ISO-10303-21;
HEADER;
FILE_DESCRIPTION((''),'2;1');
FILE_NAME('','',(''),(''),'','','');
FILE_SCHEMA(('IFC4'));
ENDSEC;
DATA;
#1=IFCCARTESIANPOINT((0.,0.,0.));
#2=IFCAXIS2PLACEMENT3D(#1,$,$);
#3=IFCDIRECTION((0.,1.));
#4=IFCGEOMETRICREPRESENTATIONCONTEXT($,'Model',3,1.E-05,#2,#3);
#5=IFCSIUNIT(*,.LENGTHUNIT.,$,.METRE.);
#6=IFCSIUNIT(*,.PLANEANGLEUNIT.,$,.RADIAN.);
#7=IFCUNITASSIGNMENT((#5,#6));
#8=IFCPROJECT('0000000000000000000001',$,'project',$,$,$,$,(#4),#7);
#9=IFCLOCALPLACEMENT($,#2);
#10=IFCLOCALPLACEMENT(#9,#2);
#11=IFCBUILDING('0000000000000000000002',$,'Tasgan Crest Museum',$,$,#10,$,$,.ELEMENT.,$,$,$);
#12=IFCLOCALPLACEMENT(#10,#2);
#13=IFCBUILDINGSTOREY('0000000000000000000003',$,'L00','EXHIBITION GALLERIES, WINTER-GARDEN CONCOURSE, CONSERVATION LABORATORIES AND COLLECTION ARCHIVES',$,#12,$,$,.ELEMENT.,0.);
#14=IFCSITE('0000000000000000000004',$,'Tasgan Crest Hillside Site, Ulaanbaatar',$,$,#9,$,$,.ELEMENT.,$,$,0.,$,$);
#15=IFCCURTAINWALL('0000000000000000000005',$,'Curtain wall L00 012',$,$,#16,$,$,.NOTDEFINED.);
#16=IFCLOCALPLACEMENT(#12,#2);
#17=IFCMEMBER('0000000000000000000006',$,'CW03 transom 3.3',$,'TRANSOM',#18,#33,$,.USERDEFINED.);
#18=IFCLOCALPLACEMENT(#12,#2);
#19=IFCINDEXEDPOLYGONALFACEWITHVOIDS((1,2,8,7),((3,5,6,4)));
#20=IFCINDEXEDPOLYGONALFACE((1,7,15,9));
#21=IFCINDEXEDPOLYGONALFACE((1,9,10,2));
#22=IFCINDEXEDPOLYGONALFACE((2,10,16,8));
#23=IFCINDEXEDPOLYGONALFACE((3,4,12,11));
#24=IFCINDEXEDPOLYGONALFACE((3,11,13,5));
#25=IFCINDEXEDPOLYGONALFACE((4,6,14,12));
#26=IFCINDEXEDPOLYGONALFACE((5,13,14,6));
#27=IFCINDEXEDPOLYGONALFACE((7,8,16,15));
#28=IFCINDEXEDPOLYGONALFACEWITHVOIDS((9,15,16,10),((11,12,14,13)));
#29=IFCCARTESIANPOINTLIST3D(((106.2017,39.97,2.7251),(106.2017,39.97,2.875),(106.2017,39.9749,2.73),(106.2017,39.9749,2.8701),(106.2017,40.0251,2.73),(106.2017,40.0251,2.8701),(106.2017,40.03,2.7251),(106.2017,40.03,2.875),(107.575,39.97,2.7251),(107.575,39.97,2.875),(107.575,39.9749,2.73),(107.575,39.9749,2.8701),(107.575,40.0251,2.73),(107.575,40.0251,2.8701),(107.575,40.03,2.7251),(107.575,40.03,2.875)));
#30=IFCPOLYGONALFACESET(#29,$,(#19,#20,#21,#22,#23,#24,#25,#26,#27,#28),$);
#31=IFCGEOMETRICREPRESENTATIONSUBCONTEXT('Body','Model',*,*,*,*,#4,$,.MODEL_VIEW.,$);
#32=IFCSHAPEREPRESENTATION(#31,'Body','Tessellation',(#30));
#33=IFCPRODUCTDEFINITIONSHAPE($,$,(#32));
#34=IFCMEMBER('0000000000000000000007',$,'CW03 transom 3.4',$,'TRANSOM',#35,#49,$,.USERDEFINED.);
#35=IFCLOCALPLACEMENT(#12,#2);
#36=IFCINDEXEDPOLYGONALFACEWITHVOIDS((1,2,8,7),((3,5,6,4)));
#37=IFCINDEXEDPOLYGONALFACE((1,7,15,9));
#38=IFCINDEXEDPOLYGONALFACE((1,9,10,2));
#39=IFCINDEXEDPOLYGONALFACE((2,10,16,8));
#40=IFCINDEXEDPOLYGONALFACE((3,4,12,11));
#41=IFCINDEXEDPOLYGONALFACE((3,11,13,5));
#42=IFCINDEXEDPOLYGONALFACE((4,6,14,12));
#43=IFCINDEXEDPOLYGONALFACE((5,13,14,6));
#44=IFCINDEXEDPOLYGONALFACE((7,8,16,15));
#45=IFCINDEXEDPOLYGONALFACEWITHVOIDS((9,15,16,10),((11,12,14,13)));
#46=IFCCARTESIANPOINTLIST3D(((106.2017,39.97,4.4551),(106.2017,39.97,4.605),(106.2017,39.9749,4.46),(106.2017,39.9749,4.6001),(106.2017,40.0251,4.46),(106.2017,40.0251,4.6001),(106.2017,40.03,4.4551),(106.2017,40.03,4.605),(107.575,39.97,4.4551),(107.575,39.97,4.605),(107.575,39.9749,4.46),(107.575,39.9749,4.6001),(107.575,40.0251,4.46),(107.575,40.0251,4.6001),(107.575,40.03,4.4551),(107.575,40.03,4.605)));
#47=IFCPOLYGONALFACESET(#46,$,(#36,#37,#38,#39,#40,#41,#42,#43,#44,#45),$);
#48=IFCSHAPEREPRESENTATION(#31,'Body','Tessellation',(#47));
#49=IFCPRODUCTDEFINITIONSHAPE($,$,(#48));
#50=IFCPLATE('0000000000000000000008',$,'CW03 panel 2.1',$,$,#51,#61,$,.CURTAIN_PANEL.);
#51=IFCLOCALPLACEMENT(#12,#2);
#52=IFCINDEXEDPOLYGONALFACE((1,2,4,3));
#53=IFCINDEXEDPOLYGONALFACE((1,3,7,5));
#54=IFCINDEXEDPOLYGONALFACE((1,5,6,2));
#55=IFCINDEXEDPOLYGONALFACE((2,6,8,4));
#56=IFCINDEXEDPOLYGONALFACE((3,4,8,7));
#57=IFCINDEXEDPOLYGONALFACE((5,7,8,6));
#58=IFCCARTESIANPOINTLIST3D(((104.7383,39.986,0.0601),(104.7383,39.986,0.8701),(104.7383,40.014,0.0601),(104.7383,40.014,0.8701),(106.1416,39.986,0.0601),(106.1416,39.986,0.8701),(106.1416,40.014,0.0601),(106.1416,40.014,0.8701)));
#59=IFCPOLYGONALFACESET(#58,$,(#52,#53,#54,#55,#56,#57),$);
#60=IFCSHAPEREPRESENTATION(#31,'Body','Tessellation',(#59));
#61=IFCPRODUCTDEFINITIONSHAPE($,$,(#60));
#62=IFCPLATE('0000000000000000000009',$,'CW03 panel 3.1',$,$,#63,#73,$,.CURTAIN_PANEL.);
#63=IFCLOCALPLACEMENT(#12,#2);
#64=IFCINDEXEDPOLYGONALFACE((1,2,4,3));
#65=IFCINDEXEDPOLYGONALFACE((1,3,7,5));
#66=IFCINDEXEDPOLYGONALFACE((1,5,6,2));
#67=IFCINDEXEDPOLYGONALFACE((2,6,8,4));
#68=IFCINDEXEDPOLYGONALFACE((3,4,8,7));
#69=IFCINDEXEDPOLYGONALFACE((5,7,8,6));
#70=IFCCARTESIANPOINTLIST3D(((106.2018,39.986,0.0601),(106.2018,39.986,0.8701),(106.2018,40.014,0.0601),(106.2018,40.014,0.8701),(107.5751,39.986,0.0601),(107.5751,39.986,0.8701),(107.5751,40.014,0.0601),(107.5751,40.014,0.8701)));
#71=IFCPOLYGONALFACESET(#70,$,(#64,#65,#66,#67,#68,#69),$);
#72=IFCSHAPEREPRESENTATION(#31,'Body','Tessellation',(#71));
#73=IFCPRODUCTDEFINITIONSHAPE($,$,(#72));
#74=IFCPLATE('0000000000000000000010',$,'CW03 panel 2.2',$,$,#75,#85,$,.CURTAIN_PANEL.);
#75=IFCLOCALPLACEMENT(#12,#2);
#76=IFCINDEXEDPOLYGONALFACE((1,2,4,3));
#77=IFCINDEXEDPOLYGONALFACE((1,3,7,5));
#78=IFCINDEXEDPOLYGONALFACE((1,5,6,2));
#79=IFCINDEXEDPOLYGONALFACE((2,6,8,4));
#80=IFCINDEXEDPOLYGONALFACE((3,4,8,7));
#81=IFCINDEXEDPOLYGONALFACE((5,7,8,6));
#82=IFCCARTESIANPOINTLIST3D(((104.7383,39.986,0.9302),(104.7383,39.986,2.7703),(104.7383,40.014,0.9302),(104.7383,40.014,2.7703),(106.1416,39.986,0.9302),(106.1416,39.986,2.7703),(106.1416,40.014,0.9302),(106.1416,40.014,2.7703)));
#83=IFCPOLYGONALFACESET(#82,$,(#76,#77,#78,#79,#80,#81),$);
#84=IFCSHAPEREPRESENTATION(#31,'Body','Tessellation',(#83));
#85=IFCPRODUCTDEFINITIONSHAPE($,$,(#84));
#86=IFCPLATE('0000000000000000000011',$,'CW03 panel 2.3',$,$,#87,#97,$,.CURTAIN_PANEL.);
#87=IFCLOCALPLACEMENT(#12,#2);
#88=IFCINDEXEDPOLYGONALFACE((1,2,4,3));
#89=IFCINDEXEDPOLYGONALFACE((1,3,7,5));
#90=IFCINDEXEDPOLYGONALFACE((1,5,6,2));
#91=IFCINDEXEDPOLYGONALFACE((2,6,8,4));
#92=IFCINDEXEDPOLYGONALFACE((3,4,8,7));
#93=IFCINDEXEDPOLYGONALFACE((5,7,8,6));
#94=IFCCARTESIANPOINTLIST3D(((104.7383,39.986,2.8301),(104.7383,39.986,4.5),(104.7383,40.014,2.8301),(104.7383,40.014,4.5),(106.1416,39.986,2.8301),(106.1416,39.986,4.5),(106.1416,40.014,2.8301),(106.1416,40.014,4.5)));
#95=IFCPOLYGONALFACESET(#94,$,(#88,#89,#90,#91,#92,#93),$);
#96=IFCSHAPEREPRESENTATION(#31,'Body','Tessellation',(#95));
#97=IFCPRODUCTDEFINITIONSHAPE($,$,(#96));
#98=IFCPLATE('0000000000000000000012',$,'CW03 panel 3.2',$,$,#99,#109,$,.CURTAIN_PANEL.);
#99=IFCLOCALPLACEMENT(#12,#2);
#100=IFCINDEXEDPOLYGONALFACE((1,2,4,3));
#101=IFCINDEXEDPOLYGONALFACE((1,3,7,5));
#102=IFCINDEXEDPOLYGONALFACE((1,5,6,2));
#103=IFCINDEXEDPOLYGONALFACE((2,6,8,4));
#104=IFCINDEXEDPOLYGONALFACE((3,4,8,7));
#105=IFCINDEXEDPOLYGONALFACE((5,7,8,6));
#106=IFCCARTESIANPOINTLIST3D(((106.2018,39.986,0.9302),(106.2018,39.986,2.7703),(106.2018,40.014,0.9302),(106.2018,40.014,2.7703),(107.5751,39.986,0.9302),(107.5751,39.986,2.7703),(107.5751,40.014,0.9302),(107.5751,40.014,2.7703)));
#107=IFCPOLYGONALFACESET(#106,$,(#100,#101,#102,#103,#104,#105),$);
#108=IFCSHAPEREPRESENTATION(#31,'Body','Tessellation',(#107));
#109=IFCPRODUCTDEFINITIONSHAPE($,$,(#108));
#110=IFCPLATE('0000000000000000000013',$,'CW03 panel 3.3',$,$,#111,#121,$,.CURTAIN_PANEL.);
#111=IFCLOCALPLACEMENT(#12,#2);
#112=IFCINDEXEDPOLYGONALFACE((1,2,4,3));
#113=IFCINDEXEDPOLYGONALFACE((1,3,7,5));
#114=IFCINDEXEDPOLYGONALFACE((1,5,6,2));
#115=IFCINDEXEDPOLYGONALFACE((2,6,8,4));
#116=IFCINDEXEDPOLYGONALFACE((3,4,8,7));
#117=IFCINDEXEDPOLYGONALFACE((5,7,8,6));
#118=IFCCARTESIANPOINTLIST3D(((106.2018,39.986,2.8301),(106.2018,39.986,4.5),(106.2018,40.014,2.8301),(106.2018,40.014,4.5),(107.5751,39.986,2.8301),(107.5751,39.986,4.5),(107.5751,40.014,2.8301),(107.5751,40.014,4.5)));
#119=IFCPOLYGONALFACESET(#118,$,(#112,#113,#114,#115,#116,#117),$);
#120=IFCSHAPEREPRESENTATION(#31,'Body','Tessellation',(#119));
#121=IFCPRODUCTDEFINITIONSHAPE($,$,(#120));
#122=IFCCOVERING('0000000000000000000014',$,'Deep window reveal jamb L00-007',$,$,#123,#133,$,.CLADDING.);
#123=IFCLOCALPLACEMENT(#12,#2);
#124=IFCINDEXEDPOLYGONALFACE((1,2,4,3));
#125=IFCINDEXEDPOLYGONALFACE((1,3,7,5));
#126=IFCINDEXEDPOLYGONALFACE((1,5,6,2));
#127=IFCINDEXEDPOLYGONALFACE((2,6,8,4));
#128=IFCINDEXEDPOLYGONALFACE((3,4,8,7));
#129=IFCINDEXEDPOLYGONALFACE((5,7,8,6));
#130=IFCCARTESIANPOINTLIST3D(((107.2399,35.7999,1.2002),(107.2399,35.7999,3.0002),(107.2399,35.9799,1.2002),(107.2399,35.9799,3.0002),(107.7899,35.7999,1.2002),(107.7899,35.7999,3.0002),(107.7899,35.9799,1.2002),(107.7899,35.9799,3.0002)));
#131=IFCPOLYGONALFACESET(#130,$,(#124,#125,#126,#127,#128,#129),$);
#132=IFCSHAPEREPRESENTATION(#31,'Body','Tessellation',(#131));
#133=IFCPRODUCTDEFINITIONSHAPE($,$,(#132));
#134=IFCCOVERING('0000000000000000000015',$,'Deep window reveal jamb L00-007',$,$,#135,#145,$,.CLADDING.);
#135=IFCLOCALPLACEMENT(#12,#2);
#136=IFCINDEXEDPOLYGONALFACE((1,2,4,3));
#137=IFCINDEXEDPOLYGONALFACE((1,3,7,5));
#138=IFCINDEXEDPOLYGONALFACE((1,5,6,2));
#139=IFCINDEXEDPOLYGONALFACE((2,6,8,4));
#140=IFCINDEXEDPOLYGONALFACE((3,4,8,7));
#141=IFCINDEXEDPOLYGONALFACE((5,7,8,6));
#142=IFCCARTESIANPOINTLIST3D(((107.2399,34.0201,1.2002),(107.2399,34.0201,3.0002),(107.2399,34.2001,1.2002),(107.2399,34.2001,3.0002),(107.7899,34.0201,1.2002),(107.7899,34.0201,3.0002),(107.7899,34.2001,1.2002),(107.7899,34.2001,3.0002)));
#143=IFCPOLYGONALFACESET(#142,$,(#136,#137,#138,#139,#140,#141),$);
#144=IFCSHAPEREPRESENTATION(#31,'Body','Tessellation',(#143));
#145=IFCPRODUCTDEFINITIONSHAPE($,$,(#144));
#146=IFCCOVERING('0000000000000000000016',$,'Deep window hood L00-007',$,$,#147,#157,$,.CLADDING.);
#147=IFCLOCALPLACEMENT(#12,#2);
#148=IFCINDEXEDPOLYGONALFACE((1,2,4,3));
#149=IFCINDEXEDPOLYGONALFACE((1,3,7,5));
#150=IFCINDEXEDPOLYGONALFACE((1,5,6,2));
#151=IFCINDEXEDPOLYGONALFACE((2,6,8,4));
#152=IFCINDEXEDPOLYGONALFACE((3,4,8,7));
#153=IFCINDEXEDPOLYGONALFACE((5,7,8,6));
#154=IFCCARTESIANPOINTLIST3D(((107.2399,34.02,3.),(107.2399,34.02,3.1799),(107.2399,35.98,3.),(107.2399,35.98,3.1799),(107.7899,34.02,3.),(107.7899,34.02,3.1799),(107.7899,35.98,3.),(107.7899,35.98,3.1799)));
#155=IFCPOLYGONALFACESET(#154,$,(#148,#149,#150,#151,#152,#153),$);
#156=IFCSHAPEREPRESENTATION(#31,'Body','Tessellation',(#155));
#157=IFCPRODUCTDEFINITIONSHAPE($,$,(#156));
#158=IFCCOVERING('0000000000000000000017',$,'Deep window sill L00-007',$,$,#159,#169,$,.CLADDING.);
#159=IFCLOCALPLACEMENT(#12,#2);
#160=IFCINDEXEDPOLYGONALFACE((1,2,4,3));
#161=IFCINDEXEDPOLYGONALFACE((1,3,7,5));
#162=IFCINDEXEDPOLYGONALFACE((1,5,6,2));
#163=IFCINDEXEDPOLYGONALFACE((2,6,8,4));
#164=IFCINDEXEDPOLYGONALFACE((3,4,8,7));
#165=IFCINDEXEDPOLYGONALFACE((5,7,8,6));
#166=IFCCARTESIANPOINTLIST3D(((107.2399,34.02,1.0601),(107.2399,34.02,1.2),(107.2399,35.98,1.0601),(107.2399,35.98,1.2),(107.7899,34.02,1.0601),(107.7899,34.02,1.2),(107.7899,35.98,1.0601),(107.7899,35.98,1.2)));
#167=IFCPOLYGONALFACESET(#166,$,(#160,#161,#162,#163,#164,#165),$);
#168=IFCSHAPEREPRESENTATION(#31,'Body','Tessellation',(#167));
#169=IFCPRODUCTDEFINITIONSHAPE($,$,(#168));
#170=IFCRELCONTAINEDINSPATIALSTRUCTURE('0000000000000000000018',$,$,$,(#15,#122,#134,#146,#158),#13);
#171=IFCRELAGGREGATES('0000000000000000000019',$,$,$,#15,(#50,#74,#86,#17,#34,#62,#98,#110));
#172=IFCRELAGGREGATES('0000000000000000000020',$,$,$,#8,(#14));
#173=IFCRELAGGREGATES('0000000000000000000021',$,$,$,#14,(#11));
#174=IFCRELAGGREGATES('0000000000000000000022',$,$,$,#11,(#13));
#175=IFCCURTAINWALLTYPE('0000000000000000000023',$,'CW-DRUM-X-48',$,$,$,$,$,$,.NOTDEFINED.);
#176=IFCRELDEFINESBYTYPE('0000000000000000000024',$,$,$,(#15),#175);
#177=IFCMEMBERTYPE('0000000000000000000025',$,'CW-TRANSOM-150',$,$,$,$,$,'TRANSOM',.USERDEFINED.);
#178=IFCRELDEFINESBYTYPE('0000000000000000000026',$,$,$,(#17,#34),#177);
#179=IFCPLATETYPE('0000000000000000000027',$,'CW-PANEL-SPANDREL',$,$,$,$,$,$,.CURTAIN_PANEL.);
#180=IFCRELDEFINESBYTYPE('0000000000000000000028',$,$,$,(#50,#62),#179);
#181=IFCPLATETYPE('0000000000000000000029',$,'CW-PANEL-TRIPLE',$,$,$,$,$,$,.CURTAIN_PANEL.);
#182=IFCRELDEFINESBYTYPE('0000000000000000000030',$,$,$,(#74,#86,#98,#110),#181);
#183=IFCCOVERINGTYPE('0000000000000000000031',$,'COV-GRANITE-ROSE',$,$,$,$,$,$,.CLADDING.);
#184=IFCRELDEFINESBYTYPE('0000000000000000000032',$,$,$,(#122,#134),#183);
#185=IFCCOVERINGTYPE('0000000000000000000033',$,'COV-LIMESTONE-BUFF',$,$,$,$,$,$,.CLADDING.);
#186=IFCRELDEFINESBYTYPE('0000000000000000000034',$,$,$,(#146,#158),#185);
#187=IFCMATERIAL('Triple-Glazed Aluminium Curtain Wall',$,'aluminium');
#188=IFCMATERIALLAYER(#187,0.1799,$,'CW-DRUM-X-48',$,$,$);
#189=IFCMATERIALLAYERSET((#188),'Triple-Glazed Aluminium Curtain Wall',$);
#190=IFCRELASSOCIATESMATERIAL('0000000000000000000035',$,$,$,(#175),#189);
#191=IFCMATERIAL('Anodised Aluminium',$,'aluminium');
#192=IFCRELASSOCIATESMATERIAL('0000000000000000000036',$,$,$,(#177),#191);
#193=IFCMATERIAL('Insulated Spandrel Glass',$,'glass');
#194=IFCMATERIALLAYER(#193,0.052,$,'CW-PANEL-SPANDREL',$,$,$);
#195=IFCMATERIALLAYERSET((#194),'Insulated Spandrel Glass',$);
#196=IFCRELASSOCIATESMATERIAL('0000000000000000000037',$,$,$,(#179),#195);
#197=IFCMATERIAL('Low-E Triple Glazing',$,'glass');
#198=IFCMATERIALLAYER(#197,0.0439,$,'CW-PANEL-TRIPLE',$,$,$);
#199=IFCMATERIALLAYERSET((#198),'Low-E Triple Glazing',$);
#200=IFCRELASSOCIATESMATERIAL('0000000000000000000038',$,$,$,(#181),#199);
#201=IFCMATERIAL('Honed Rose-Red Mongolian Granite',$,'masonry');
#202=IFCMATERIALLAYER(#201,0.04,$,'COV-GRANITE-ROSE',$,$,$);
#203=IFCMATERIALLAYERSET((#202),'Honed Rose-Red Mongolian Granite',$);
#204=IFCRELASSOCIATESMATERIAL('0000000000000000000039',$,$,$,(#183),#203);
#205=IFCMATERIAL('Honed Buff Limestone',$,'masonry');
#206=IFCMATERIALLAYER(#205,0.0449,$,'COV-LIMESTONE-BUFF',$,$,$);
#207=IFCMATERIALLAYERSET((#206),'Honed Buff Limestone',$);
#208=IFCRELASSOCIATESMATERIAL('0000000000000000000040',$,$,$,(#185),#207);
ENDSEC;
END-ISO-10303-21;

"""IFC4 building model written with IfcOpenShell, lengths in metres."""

from ifc_helpers import new_model, si_unit, direction, frame, origin, origin_2d, place, context, subcontext, project, spatial, rectangle, hollow_rectangle, extrude, material, layer, layer_set, material_profile, profile_set, type_object, element, aggregate, save


model = new_model("IFC4")

# Units and contexts
model_context = context("Model", 3, precision=1e-05, world=origin(), true_north=direction((0.0, 1.0)))
body_context = subcontext(model_context, "Body", "Model", "MODEL_VIEW")
ifc_project = project(units=[si_unit("LENGTHUNIT", "METRE"), si_unit("PLANEANGLEUNIT", "RADIAN")], contexts=[model_context])

# Site, building, storey
site_placement = place(None, origin())
site = spatial("IfcSite", under=ifc_project, at=site_placement, Name="Tasgan Crest Hillside Site, Ulaanbaatar", CompositionType="ELEMENT", RefElevation=0.0)
building_placement = place(site_placement, origin())
building = spatial("IfcBuilding", under=site, at=building_placement, Name="Tasgan Crest Museum", CompositionType="ELEMENT")
storey_placement = place(building_placement, origin())
storey = spatial("IfcBuildingStorey", under=building, at=storey_placement, Name="L00", Description="EXHIBITION GALLERIES, WINTER-GARDEN CONCOURSE, CONSERVATION LABORATORIES AND COLLECTION ARCHIVES", CompositionType="ELEMENT", Elevation=0.0)

# Curtain wall, members, plates
ifc_material_1 = material(Name="Triple-Glazed Aluminium Curtain Wall", Category="aluminium")
ifc_layer_1 = layer(ifc_material_1, 0.1799, Name="CW-DRUM-X-48")
ifc_layer_set_1 = layer_set([ifc_layer_1], Name="Triple-Glazed Aluminium Curtain Wall")
curtain_wall_type = type_object("IfcCurtainWallType", Name="CW-DRUM-X-48", PredefinedType="NOTDEFINED", material=ifc_layer_set_1)
curtain_wall_placement = place(storey_placement, origin())
curtain_wall = element("IfcCurtainWall", 1, at=curtain_wall_placement, inside=storey, type_object=curtain_wall_type, Name="Curtain wall L00 012", PredefinedType="NOTDEFINED")
ifc_material_2 = material(Name="Anodised Aluminium", Category="aluminium")
ifc_material_profile_1 = material_profile(ifc_material_2, hollow_rectangle(XDim=0.0601, YDim=0.1499, WallThickness=0.0049, at=origin_2d()), Name="ALU TRANSOM 150x60x5")
ifc_profile_set_1 = profile_set([ifc_material_profile_1], Name="Anodised Aluminium")
member_type_1 = type_object("IfcMemberType", Name="CW-TRANSOM-150", ElementType="TRANSOM", PredefinedType="USERDEFINED", material=ifc_profile_set_1)
member_1_placement = place(storey_placement, frame((106.2017, 40.0, 2.8), z_axis=(1.0, 0.0, 0.0), x_axis=(0.0, 1.0, 0.0)))
member_1 = element("IfcMember", 2, at=member_1_placement, type_object=member_type_1, Name="CW03 transom 3.3", ObjectType="TRANSOM", PredefinedType="USERDEFINED", context=body_context, shape_type="SweptSolid", body=[
    extrude(hollow_rectangle(XDim=0.0601, YDim=0.1499, WallThickness=0.0049, at=origin_2d()), origin(), (0.0, 0.0, 1.0), 1.3733),
])
member_2_placement = place(storey_placement, frame((106.2017, 40.0, 4.53), z_axis=(1.0, 0.0, 0.0), x_axis=(0.0, 1.0, 0.0)))
member_2 = element("IfcMember", 3, at=member_2_placement, type_object=member_type_1, Name="CW03 transom 3.4", ObjectType="TRANSOM", PredefinedType="USERDEFINED", context=body_context, shape_type="SweptSolid", body=[
    extrude(hollow_rectangle(XDim=0.0601, YDim=0.1499, WallThickness=0.0049, at=origin_2d()), origin(), (0.0, 0.0, 1.0), 1.3733),
])
ifc_material_3 = material(Name="Insulated Spandrel Glass", Category="glass")
ifc_layer_2 = layer(ifc_material_3, 0.052, Name="CW-PANEL-SPANDREL")
ifc_layer_set_2 = layer_set([ifc_layer_2], Name="Insulated Spandrel Glass")
plate_type_1 = type_object("IfcPlateType", Name="CW-PANEL-SPANDREL", PredefinedType="CURTAIN_PANEL", material=ifc_layer_set_2)
plate_1_placement = place(storey_placement, frame((105.4399, 40.0, 0.0601), z_axis=(0.0, 0.0, 1.0), x_axis=(1.0, 0.0, 0.0)))
plate_1 = element("IfcPlate", 4, at=plate_1_placement, type_object=plate_type_1, Name="CW03 panel 2.1", PredefinedType="CURTAIN_PANEL", context=body_context, shape_type="SweptSolid", body=[
    extrude(rectangle(XDim=1.4033, YDim=0.0281, at=origin_2d()), origin(), (0.0, 0.0, 1.0), 0.8101),
])
plate_2_placement = place(storey_placement, frame((106.8884, 40.0, 0.0601), z_axis=(0.0, 0.0, 1.0), x_axis=(1.0, 0.0, 0.0)))
plate_2 = element("IfcPlate", 5, at=plate_2_placement, type_object=plate_type_1, Name="CW03 panel 3.1", PredefinedType="CURTAIN_PANEL", context=body_context, shape_type="SweptSolid", body=[
    extrude(rectangle(XDim=1.3733, YDim=0.0281, at=origin_2d()), origin(), (0.0, 0.0, 1.0), 0.8101),
])
ifc_material_4 = material(Name="Low-E Triple Glazing", Category="glass")
ifc_layer_3 = layer(ifc_material_4, 0.0439, Name="CW-PANEL-TRIPLE")
ifc_layer_set_3 = layer_set([ifc_layer_3], Name="Low-E Triple Glazing")
plate_type_2 = type_object("IfcPlateType", Name="CW-PANEL-TRIPLE", PredefinedType="CURTAIN_PANEL", material=ifc_layer_set_3)
plate_3_placement = place(storey_placement, frame((105.4399, 40.0, 0.9302), z_axis=(0.0, 0.0, 1.0), x_axis=(1.0, 0.0, 0.0)))
plate_3 = element("IfcPlate", 6, at=plate_3_placement, type_object=plate_type_2, Name="CW03 panel 2.2", PredefinedType="CURTAIN_PANEL", context=body_context, shape_type="SweptSolid", body=[
    extrude(rectangle(XDim=1.4033, YDim=0.0281, at=origin_2d()), origin(), (0.0, 0.0, 1.0), 1.8401),
])
plate_4_placement = place(storey_placement, frame((105.4399, 40.0, 2.8301), z_axis=(0.0, 0.0, 1.0), x_axis=(1.0, 0.0, 0.0)))
plate_4 = element("IfcPlate", 7, at=plate_4_placement, type_object=plate_type_2, Name="CW03 panel 2.3", PredefinedType="CURTAIN_PANEL", context=body_context, shape_type="SweptSolid", body=[
    extrude(rectangle(XDim=1.4033, YDim=0.0281, at=origin_2d()), origin(), (0.0, 0.0, 1.0), 1.6699),
])
plate_5_placement = place(storey_placement, frame((106.8884, 40.0, 0.9302), z_axis=(0.0, 0.0, 1.0), x_axis=(1.0, 0.0, 0.0)))
plate_5 = element("IfcPlate", 8, at=plate_5_placement, type_object=plate_type_2, Name="CW03 panel 3.2", PredefinedType="CURTAIN_PANEL", context=body_context, shape_type="SweptSolid", body=[
    extrude(rectangle(XDim=1.3733, YDim=0.0281, at=origin_2d()), origin(), (0.0, 0.0, 1.0), 1.8401),
])
plate_6_placement = place(storey_placement, frame((106.8884, 40.0, 2.8301), z_axis=(0.0, 0.0, 1.0), x_axis=(1.0, 0.0, 0.0)))
plate_6 = element("IfcPlate", 9, at=plate_6_placement, type_object=plate_type_2, Name="CW03 panel 3.3", PredefinedType="CURTAIN_PANEL", context=body_context, shape_type="SweptSolid", body=[
    extrude(rectangle(XDim=1.3733, YDim=0.0281, at=origin_2d()), origin(), (0.0, 0.0, 1.0), 1.6699),
])
aggregate(curtain_wall, [plate_1, plate_3, plate_4, member_1, member_2, plate_2, plate_5, plate_6])

# Coverings
ifc_material_5 = material(Name="Honed Rose-Red Mongolian Granite", Category="masonry")
ifc_layer_4 = layer(ifc_material_5, 0.04, Name="COV-GRANITE-ROSE")
ifc_layer_set_4 = layer_set([ifc_layer_4], Name="Honed Rose-Red Mongolian Granite")
covering_type_1 = type_object("IfcCoveringType", Name="COV-GRANITE-ROSE", PredefinedType="CLADDING", material=ifc_layer_set_4)
for number, where, z_axis, x_axis, name in (
    (10, (107.5149, 35.8899, 1.2002), (0.0, 0.0, 1.0), (0.0, -1.0, 0.0), "Deep window reveal jamb L00-007"),
    (11, (107.5149, 34.1101, 1.2002), (0.0, 0.0, 1.0), (0.0, -1.0, 0.0), "Deep window reveal jamb L00-007"),
):
    element("IfcCovering", number, at=place(storey_placement, frame(where, z_axis=z_axis, x_axis=x_axis)), inside=storey, type_object=covering_type_1, Name=name, PredefinedType="CLADDING", context=body_context, shape_type="SweptSolid", body=[
        extrude(rectangle(XDim=0.1799, YDim=0.55, at=origin_2d()), origin(), (0.0, 0.0, 1.0), 1.8),
    ])
ifc_material_6 = material(Name="Honed Buff Limestone", Category="masonry")
ifc_layer_5 = layer(ifc_material_6, 0.0449, Name="COV-LIMESTONE-BUFF")
ifc_layer_set_5 = layer_set([ifc_layer_5], Name="Honed Buff Limestone")
covering_type_2 = type_object("IfcCoveringType", Name="COV-LIMESTONE-BUFF", PredefinedType="CLADDING", material=ifc_layer_set_5)
covering_1_placement = place(storey_placement, frame((107.5149, 35.0, 3.0), z_axis=(0.0, 0.0, 1.0), x_axis=(0.0, -1.0, 0.0)))
element("IfcCovering", 12, at=covering_1_placement, inside=storey, type_object=covering_type_2, Name="Deep window hood L00-007", PredefinedType="CLADDING", context=body_context, shape_type="SweptSolid", body=[
    extrude(rectangle(XDim=1.96, YDim=0.55, at=origin_2d()), origin(), (0.0, 0.0, 1.0), 0.1799),
])
covering_2_placement = place(storey_placement, frame((107.5149, 35.0, 1.0601), z_axis=(0.0, 0.0, 1.0), x_axis=(0.0, -1.0, 0.0)))
element("IfcCovering", 13, at=covering_2_placement, inside=storey, type_object=covering_type_2, Name="Deep window sill L00-007", PredefinedType="CLADDING", context=body_context, shape_type="SweptSolid", body=[
    extrude(rectangle(XDim=1.96, YDim=0.55, at=origin_2d()), origin(), (0.0, 0.0, 1.0), 0.1399),
])

save(model, "model.ifc")
